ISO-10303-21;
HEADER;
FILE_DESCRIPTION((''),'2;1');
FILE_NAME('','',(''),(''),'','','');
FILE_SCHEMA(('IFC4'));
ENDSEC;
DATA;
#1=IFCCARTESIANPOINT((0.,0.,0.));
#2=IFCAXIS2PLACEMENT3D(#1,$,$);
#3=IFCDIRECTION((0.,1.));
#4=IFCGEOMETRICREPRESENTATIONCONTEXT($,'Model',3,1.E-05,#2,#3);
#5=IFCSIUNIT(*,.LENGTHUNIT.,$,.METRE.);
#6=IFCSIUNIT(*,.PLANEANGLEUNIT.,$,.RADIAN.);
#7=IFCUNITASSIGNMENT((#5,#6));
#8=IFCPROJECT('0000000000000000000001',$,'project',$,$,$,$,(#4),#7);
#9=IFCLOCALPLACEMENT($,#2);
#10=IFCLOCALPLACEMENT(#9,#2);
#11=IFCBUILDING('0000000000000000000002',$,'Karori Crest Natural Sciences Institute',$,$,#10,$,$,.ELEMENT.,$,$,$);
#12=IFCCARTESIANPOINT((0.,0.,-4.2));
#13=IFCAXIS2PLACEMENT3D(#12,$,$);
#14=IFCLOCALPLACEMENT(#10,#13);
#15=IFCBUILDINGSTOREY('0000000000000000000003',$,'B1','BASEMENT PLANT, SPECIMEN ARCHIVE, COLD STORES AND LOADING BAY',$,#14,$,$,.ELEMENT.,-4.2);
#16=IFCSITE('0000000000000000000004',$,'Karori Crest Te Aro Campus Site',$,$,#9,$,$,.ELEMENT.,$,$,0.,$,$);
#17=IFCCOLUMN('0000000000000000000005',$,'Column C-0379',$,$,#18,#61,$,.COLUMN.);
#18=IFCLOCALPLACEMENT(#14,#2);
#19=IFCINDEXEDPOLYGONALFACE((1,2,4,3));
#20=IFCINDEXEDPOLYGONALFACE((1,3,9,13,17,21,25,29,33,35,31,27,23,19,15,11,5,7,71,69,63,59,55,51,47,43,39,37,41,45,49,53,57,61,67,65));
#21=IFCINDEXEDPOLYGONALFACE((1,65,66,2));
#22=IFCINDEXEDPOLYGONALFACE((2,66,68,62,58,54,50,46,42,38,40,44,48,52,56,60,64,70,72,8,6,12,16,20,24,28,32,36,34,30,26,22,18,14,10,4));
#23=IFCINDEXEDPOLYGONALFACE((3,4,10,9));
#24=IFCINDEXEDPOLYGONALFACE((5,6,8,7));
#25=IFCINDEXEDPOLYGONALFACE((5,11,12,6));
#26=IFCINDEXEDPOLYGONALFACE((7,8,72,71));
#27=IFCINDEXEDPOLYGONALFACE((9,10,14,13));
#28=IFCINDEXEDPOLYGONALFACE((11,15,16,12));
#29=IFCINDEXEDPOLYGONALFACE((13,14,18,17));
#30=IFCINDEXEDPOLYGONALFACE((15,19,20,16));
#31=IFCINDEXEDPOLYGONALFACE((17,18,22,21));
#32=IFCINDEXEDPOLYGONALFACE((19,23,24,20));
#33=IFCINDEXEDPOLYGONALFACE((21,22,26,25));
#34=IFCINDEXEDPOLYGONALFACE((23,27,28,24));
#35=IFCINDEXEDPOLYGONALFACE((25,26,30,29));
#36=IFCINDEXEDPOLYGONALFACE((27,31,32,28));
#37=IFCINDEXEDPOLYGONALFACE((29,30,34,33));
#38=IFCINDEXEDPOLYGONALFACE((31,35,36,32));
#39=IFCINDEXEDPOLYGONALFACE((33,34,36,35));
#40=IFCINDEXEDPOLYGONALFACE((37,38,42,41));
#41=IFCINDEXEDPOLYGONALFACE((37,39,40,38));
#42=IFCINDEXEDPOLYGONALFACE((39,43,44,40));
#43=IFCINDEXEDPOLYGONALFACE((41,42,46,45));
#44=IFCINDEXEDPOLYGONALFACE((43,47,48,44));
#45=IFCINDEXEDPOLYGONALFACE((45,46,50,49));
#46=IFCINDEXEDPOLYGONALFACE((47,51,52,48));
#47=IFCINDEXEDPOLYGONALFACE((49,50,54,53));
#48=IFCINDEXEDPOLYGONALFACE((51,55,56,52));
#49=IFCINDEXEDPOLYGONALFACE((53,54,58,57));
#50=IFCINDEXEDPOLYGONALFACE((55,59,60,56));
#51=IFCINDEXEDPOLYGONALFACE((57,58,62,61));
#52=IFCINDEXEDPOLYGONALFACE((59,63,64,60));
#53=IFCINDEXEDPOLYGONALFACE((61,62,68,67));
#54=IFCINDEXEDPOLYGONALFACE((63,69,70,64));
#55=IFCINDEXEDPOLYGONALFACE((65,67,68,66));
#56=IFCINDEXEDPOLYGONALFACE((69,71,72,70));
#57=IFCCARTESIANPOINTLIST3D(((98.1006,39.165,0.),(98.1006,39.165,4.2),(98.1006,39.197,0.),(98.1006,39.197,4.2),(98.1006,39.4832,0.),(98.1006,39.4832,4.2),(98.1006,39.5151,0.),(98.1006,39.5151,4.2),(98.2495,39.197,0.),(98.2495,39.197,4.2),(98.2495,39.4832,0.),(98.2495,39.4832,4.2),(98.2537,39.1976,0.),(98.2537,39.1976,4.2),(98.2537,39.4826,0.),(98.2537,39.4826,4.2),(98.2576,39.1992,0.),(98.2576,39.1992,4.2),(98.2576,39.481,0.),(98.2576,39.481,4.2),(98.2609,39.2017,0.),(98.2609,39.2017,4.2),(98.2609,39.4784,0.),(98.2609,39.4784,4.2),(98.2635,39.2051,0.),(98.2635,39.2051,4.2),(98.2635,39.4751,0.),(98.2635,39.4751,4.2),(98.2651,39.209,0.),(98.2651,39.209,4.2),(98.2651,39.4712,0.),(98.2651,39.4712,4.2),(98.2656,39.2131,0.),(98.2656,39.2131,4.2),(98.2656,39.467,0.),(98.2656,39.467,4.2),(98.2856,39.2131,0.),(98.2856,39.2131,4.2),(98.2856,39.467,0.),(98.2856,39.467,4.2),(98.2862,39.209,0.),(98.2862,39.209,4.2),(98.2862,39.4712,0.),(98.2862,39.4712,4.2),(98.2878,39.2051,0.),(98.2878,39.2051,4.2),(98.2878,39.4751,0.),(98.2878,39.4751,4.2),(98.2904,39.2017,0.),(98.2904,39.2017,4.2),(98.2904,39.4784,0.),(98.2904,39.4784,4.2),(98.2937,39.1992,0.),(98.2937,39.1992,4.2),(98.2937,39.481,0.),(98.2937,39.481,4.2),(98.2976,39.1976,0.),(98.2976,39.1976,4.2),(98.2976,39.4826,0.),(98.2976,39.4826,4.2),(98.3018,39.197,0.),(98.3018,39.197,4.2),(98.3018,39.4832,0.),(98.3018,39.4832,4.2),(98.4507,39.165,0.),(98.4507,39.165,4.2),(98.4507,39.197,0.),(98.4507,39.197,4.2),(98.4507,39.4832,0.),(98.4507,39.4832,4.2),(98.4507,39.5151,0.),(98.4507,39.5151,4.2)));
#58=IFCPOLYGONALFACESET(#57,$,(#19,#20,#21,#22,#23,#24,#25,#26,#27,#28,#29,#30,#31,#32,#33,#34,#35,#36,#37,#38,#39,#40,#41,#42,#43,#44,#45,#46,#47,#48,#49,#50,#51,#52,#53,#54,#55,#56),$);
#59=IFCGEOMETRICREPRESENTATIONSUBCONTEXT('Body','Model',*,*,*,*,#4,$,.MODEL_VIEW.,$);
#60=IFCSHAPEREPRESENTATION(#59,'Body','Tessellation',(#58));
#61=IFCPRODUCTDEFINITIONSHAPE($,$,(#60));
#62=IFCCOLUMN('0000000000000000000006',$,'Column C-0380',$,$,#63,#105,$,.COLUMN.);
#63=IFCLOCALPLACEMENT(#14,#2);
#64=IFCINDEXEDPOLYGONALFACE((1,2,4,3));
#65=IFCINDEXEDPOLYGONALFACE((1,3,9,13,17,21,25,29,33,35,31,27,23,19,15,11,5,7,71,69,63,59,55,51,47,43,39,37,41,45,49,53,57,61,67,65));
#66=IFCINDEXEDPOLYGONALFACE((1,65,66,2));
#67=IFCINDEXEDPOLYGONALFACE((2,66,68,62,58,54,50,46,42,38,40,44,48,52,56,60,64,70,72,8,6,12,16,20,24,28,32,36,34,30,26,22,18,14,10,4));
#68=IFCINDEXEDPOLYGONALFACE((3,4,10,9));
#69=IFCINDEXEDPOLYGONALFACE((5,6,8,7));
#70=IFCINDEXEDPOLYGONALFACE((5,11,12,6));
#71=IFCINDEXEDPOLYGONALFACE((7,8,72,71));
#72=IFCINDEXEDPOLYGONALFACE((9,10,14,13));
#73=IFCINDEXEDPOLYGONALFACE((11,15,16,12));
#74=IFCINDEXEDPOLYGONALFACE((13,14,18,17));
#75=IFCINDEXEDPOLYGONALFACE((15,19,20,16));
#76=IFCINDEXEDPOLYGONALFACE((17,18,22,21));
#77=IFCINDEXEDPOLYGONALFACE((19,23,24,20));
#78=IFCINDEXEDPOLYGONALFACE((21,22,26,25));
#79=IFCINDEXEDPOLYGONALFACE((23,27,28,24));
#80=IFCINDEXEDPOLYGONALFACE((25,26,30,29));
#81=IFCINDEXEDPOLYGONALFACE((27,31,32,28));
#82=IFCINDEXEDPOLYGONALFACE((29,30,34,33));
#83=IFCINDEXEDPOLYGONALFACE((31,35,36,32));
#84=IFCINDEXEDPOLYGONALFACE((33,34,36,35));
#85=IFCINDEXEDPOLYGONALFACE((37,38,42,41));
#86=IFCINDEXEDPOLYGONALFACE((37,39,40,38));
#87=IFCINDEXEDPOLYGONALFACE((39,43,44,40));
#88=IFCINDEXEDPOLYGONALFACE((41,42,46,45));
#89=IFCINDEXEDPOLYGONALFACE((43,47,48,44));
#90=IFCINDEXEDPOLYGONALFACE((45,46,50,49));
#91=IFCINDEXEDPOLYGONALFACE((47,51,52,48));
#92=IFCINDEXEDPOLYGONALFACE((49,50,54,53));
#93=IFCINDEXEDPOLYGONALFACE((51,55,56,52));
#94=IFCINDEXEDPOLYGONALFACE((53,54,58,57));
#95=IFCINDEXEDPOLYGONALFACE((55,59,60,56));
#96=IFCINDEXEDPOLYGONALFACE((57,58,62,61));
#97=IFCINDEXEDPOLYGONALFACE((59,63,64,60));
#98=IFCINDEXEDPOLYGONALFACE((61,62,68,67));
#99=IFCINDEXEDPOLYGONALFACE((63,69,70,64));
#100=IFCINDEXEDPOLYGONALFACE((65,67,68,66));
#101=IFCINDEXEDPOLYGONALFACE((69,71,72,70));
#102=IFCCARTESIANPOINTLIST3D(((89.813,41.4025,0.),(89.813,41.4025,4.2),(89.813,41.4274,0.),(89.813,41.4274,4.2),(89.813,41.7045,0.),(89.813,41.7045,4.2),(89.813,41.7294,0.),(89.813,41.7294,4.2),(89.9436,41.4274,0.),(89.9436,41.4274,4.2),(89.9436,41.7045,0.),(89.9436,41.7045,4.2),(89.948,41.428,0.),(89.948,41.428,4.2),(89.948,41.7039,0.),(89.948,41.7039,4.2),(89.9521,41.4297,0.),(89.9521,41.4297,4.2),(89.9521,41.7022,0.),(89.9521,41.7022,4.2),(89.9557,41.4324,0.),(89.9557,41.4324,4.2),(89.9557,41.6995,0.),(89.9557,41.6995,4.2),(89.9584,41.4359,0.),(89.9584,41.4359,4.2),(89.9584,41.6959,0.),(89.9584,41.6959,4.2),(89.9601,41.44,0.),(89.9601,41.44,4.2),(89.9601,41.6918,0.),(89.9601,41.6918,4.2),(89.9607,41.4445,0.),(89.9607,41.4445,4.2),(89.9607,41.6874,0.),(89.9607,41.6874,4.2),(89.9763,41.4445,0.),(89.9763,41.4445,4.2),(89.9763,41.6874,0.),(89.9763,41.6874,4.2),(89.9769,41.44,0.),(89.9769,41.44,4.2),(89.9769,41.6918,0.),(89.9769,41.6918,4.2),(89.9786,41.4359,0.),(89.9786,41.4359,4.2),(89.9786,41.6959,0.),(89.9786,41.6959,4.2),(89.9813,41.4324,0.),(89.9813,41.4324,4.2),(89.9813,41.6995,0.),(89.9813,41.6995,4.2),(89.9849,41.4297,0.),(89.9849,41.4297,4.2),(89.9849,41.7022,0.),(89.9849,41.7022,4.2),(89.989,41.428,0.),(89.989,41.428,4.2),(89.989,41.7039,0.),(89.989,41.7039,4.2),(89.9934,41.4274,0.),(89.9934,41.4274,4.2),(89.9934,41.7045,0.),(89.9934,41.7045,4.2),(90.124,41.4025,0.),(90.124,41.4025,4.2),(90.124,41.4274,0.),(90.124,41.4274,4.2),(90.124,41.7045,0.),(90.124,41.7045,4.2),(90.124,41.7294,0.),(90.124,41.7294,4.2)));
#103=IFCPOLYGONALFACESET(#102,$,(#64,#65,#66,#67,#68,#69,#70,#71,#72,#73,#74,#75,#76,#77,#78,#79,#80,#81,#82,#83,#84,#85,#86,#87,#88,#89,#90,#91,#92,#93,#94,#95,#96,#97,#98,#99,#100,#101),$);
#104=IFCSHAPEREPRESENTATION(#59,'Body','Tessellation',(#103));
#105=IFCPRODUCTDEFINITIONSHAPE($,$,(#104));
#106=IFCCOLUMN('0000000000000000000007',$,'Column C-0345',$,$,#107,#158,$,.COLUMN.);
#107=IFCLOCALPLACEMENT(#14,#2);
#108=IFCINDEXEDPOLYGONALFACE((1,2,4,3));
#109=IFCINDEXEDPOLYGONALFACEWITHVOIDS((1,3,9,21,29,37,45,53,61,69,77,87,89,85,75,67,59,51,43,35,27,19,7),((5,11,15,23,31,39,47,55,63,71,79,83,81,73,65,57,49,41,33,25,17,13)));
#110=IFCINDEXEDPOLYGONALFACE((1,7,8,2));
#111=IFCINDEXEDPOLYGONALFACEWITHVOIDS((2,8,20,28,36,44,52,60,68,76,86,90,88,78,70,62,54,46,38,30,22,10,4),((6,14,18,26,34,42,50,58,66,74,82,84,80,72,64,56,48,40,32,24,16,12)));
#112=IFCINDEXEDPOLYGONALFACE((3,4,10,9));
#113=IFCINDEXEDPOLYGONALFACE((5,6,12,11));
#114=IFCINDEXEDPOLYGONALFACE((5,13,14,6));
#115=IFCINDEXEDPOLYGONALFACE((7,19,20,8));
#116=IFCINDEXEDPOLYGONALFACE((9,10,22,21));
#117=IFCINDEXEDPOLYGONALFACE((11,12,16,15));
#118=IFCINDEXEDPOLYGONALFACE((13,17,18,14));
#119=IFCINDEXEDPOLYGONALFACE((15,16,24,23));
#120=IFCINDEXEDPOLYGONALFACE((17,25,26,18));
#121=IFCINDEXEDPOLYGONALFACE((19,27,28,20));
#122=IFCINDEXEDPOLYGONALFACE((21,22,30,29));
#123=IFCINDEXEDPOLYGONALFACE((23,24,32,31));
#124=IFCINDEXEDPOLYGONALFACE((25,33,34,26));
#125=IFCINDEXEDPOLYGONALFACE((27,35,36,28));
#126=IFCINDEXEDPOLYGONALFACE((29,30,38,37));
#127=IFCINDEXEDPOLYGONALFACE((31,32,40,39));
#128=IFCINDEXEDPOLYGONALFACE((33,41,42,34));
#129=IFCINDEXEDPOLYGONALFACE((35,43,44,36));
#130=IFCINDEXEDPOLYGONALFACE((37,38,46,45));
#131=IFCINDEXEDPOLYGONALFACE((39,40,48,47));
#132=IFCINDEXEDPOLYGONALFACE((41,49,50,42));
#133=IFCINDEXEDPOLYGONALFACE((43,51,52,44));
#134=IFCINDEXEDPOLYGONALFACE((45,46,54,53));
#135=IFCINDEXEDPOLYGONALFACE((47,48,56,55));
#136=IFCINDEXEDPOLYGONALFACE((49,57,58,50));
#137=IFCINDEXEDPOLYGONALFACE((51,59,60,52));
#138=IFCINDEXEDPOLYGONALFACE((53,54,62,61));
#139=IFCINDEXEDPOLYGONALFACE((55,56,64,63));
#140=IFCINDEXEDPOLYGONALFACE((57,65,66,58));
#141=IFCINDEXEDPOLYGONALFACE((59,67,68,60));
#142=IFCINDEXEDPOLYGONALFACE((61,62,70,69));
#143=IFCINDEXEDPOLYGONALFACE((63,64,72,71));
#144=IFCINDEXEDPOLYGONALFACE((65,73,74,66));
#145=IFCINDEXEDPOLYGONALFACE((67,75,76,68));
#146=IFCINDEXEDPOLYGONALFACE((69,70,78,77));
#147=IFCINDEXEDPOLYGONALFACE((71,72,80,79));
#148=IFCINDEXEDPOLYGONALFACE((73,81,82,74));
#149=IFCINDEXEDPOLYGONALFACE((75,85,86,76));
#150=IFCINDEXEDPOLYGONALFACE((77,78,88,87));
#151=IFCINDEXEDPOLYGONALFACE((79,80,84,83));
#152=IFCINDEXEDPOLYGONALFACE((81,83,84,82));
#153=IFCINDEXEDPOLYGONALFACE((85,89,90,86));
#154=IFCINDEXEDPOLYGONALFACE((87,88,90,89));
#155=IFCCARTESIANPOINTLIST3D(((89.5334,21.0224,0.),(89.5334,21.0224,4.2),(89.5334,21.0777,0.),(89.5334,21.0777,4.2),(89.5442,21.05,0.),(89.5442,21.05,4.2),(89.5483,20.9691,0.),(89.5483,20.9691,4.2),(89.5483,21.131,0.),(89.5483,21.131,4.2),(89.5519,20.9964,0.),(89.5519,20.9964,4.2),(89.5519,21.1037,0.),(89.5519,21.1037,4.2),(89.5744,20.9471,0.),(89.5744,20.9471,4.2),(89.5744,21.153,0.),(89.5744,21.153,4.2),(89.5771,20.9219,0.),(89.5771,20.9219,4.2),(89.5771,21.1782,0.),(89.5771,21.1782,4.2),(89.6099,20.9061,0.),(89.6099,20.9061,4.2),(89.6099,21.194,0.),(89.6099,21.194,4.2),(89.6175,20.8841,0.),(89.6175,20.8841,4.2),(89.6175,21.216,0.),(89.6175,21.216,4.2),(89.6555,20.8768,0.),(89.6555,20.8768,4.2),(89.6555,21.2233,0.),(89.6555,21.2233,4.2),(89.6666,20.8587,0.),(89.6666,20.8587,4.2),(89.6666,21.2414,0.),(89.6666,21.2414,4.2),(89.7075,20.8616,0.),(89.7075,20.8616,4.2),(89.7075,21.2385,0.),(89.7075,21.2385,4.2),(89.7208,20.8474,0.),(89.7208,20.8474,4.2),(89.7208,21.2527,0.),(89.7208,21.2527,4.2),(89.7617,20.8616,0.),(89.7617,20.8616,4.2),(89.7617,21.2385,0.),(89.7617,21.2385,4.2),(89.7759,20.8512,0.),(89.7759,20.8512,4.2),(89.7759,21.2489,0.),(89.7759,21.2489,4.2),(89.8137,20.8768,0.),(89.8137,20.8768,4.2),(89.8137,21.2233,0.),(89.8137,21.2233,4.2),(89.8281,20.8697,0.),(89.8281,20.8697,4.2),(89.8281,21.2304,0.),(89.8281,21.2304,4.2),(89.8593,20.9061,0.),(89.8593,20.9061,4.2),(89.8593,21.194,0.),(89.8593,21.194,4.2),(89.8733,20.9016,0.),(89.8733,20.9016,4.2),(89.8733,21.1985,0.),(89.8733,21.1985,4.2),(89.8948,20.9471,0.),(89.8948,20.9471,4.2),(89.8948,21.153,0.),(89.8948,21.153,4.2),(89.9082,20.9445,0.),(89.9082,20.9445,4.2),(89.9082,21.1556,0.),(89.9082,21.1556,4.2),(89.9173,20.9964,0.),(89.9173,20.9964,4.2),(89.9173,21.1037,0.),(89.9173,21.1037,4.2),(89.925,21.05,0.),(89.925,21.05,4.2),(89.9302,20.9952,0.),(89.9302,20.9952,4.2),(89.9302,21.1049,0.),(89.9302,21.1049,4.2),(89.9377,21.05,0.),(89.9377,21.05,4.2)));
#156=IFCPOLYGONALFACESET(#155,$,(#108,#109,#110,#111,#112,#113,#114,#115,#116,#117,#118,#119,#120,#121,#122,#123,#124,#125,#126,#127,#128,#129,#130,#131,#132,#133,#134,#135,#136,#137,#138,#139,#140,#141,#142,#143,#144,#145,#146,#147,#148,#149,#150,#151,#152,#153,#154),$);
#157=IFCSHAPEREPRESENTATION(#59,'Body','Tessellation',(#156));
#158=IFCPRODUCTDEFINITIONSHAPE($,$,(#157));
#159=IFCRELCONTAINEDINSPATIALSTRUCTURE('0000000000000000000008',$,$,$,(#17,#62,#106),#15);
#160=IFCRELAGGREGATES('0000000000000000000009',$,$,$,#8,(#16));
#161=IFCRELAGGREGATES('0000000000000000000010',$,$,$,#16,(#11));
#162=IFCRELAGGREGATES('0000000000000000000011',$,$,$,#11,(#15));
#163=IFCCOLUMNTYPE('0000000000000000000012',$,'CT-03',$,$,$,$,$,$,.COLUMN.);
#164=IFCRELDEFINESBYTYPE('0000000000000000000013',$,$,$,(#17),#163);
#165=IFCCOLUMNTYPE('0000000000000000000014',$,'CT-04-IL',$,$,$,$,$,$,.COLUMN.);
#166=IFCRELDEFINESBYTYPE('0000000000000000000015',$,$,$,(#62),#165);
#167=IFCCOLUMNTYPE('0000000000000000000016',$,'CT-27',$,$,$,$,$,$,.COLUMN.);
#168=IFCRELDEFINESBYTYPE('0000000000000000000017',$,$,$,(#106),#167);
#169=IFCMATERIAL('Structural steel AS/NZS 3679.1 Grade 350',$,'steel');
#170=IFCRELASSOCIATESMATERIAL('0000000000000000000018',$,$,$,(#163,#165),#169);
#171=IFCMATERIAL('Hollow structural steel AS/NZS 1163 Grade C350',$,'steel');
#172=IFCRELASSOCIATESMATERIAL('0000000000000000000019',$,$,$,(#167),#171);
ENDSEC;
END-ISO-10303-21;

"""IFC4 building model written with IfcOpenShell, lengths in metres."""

from ifc_helpers import new_model, si_unit, direction, frame, origin, origin_2d, place, context, subcontext, project, spatial, hollow_circle, i_section, extrude, material, material_profile, profile_set, type_object, element, save


model = new_model("IFC4")

# Units and contexts
model_context = context("Model", 3, precision=1e-05, world=origin(), true_north=direction((0.0, 1.0)))
body_context = subcontext(model_context, "Body", "Model", "MODEL_VIEW")
ifc_project = project(units=[si_unit("LENGTHUNIT", "METRE"), si_unit("PLANEANGLEUNIT", "RADIAN")], contexts=[model_context])

# Site, building, storey
site_placement = place(None, origin())
site = spatial("IfcSite", under=ifc_project, at=site_placement, Name="Karori Crest Te Aro Campus Site", CompositionType="ELEMENT", RefElevation=0.0)
building_placement = place(site_placement, origin())
building = spatial("IfcBuilding", under=site, at=building_placement, Name="Karori Crest Natural Sciences Institute", CompositionType="ELEMENT")
storey_placement = place(building_placement, frame((0.0, 0.0, -4.2)))
storey = spatial("IfcBuildingStorey", under=building, at=storey_placement, Name="B1", Description="BASEMENT PLANT, SPECIMEN ARCHIVE, COLD STORES AND LOADING BAY", CompositionType="ELEMENT", Elevation=-4.2)

# Columns
ifc_material_1 = material(Name="Structural steel AS/NZS 3679.1 Grade 350", Category="steel")
ifc_material_profile_1 = material_profile(ifc_material_1, i_section(OverallWidth=0.3501, OverallDepth=0.3501, WebThickness=0.02, FlangeThickness=0.032, FilletRadius=0.0161, at=origin_2d()), Name="350WC280")
ifc_profile_set_1 = profile_set([ifc_material_profile_1], Name="Structural steel AS/NZS 3679.1 Grade 350")
column_type_1 = type_object("IfcColumnType", Name="CT-03", PredefinedType="COLUMN", material=ifc_profile_set_1)
for number, where, z_axis, x_axis, name in (
    (1, (98.2756, 39.3401, 0.0), (0.0, 0.0, 1.0), (1.0, 0.0, 0.0), "Column C-0379"),
):
    element("IfcColumn", number, at=place(storey_placement, frame(where, z_axis=z_axis, x_axis=x_axis)), inside=storey, type_object=column_type_1, Name=name, PredefinedType="COLUMN", context=body_context, shape_type="SweptSolid", body=[
        extrude(i_section(OverallWidth=0.3501, OverallDepth=0.3501, WebThickness=0.02, FlangeThickness=0.032, FilletRadius=0.0161, at=origin_2d()), origin(), (0.0, 0.0, 1.0), 4.2),
    ])
ifc_material_profile_2 = material_profile(ifc_material_1, i_section(OverallWidth=0.311, OverallDepth=0.3269, WebThickness=0.0156, FlangeThickness=0.0249, FilletRadius=0.0171, at=origin_2d()), Name="310UC158")
ifc_profile_set_2 = profile_set([ifc_material_profile_2], Name="Structural steel AS/NZS 3679.1 Grade 350")
column_type_2 = type_object("IfcColumnType", Name="CT-04-IL", PredefinedType="COLUMN", material=ifc_profile_set_2)
column_1_placement = place(storey_placement, frame((89.9685, 41.5659, 0.0), z_axis=(0.0, 0.0, 1.0), x_axis=(1.0, 0.0, 0.0)))
element("IfcColumn", 2, at=column_1_placement, inside=storey, type_object=column_type_2, Name="Column C-0380", PredefinedType="COLUMN", context=body_context, shape_type="SweptSolid", body=[
    extrude(i_section(OverallWidth=0.311, OverallDepth=0.3269, WebThickness=0.0156, FlangeThickness=0.0249, FilletRadius=0.0171, at=origin_2d()), origin(), (0.0, 0.0, 1.0), 4.2),
])
ifc_material_2 = material(Name="Hollow structural steel AS/NZS 1163 Grade C350", Category="steel")
ifc_material_profile_3 = material_profile(ifc_material_2, hollow_circle(Radius=0.2031, WallThickness=0.0127, at=origin_2d()), Name="CHS406.4x12.7")
ifc_profile_set_3 = profile_set([ifc_material_profile_3], Name="Hollow structural steel AS/NZS 1163 Grade C350")
column_type_3 = type_object("IfcColumnType", Name="CT-27", PredefinedType="COLUMN", material=ifc_profile_set_3)
column_2_placement = place(storey_placement, frame((89.7346, 21.05, 0.0), z_axis=(0.0, 0.0, 1.0), x_axis=(1.0, 0.0, 0.0)))
element("IfcColumn", 3, at=column_2_placement, inside=storey, type_object=column_type_3, Name="Column C-0345", PredefinedType="COLUMN", context=body_context, shape_type="SweptSolid", body=[
    extrude(hollow_circle(Radius=0.2031, WallThickness=0.0127, at=origin_2d()), origin(), (0.0, 0.0, 1.0), 4.2),
])

save(model, "model.ifc")
